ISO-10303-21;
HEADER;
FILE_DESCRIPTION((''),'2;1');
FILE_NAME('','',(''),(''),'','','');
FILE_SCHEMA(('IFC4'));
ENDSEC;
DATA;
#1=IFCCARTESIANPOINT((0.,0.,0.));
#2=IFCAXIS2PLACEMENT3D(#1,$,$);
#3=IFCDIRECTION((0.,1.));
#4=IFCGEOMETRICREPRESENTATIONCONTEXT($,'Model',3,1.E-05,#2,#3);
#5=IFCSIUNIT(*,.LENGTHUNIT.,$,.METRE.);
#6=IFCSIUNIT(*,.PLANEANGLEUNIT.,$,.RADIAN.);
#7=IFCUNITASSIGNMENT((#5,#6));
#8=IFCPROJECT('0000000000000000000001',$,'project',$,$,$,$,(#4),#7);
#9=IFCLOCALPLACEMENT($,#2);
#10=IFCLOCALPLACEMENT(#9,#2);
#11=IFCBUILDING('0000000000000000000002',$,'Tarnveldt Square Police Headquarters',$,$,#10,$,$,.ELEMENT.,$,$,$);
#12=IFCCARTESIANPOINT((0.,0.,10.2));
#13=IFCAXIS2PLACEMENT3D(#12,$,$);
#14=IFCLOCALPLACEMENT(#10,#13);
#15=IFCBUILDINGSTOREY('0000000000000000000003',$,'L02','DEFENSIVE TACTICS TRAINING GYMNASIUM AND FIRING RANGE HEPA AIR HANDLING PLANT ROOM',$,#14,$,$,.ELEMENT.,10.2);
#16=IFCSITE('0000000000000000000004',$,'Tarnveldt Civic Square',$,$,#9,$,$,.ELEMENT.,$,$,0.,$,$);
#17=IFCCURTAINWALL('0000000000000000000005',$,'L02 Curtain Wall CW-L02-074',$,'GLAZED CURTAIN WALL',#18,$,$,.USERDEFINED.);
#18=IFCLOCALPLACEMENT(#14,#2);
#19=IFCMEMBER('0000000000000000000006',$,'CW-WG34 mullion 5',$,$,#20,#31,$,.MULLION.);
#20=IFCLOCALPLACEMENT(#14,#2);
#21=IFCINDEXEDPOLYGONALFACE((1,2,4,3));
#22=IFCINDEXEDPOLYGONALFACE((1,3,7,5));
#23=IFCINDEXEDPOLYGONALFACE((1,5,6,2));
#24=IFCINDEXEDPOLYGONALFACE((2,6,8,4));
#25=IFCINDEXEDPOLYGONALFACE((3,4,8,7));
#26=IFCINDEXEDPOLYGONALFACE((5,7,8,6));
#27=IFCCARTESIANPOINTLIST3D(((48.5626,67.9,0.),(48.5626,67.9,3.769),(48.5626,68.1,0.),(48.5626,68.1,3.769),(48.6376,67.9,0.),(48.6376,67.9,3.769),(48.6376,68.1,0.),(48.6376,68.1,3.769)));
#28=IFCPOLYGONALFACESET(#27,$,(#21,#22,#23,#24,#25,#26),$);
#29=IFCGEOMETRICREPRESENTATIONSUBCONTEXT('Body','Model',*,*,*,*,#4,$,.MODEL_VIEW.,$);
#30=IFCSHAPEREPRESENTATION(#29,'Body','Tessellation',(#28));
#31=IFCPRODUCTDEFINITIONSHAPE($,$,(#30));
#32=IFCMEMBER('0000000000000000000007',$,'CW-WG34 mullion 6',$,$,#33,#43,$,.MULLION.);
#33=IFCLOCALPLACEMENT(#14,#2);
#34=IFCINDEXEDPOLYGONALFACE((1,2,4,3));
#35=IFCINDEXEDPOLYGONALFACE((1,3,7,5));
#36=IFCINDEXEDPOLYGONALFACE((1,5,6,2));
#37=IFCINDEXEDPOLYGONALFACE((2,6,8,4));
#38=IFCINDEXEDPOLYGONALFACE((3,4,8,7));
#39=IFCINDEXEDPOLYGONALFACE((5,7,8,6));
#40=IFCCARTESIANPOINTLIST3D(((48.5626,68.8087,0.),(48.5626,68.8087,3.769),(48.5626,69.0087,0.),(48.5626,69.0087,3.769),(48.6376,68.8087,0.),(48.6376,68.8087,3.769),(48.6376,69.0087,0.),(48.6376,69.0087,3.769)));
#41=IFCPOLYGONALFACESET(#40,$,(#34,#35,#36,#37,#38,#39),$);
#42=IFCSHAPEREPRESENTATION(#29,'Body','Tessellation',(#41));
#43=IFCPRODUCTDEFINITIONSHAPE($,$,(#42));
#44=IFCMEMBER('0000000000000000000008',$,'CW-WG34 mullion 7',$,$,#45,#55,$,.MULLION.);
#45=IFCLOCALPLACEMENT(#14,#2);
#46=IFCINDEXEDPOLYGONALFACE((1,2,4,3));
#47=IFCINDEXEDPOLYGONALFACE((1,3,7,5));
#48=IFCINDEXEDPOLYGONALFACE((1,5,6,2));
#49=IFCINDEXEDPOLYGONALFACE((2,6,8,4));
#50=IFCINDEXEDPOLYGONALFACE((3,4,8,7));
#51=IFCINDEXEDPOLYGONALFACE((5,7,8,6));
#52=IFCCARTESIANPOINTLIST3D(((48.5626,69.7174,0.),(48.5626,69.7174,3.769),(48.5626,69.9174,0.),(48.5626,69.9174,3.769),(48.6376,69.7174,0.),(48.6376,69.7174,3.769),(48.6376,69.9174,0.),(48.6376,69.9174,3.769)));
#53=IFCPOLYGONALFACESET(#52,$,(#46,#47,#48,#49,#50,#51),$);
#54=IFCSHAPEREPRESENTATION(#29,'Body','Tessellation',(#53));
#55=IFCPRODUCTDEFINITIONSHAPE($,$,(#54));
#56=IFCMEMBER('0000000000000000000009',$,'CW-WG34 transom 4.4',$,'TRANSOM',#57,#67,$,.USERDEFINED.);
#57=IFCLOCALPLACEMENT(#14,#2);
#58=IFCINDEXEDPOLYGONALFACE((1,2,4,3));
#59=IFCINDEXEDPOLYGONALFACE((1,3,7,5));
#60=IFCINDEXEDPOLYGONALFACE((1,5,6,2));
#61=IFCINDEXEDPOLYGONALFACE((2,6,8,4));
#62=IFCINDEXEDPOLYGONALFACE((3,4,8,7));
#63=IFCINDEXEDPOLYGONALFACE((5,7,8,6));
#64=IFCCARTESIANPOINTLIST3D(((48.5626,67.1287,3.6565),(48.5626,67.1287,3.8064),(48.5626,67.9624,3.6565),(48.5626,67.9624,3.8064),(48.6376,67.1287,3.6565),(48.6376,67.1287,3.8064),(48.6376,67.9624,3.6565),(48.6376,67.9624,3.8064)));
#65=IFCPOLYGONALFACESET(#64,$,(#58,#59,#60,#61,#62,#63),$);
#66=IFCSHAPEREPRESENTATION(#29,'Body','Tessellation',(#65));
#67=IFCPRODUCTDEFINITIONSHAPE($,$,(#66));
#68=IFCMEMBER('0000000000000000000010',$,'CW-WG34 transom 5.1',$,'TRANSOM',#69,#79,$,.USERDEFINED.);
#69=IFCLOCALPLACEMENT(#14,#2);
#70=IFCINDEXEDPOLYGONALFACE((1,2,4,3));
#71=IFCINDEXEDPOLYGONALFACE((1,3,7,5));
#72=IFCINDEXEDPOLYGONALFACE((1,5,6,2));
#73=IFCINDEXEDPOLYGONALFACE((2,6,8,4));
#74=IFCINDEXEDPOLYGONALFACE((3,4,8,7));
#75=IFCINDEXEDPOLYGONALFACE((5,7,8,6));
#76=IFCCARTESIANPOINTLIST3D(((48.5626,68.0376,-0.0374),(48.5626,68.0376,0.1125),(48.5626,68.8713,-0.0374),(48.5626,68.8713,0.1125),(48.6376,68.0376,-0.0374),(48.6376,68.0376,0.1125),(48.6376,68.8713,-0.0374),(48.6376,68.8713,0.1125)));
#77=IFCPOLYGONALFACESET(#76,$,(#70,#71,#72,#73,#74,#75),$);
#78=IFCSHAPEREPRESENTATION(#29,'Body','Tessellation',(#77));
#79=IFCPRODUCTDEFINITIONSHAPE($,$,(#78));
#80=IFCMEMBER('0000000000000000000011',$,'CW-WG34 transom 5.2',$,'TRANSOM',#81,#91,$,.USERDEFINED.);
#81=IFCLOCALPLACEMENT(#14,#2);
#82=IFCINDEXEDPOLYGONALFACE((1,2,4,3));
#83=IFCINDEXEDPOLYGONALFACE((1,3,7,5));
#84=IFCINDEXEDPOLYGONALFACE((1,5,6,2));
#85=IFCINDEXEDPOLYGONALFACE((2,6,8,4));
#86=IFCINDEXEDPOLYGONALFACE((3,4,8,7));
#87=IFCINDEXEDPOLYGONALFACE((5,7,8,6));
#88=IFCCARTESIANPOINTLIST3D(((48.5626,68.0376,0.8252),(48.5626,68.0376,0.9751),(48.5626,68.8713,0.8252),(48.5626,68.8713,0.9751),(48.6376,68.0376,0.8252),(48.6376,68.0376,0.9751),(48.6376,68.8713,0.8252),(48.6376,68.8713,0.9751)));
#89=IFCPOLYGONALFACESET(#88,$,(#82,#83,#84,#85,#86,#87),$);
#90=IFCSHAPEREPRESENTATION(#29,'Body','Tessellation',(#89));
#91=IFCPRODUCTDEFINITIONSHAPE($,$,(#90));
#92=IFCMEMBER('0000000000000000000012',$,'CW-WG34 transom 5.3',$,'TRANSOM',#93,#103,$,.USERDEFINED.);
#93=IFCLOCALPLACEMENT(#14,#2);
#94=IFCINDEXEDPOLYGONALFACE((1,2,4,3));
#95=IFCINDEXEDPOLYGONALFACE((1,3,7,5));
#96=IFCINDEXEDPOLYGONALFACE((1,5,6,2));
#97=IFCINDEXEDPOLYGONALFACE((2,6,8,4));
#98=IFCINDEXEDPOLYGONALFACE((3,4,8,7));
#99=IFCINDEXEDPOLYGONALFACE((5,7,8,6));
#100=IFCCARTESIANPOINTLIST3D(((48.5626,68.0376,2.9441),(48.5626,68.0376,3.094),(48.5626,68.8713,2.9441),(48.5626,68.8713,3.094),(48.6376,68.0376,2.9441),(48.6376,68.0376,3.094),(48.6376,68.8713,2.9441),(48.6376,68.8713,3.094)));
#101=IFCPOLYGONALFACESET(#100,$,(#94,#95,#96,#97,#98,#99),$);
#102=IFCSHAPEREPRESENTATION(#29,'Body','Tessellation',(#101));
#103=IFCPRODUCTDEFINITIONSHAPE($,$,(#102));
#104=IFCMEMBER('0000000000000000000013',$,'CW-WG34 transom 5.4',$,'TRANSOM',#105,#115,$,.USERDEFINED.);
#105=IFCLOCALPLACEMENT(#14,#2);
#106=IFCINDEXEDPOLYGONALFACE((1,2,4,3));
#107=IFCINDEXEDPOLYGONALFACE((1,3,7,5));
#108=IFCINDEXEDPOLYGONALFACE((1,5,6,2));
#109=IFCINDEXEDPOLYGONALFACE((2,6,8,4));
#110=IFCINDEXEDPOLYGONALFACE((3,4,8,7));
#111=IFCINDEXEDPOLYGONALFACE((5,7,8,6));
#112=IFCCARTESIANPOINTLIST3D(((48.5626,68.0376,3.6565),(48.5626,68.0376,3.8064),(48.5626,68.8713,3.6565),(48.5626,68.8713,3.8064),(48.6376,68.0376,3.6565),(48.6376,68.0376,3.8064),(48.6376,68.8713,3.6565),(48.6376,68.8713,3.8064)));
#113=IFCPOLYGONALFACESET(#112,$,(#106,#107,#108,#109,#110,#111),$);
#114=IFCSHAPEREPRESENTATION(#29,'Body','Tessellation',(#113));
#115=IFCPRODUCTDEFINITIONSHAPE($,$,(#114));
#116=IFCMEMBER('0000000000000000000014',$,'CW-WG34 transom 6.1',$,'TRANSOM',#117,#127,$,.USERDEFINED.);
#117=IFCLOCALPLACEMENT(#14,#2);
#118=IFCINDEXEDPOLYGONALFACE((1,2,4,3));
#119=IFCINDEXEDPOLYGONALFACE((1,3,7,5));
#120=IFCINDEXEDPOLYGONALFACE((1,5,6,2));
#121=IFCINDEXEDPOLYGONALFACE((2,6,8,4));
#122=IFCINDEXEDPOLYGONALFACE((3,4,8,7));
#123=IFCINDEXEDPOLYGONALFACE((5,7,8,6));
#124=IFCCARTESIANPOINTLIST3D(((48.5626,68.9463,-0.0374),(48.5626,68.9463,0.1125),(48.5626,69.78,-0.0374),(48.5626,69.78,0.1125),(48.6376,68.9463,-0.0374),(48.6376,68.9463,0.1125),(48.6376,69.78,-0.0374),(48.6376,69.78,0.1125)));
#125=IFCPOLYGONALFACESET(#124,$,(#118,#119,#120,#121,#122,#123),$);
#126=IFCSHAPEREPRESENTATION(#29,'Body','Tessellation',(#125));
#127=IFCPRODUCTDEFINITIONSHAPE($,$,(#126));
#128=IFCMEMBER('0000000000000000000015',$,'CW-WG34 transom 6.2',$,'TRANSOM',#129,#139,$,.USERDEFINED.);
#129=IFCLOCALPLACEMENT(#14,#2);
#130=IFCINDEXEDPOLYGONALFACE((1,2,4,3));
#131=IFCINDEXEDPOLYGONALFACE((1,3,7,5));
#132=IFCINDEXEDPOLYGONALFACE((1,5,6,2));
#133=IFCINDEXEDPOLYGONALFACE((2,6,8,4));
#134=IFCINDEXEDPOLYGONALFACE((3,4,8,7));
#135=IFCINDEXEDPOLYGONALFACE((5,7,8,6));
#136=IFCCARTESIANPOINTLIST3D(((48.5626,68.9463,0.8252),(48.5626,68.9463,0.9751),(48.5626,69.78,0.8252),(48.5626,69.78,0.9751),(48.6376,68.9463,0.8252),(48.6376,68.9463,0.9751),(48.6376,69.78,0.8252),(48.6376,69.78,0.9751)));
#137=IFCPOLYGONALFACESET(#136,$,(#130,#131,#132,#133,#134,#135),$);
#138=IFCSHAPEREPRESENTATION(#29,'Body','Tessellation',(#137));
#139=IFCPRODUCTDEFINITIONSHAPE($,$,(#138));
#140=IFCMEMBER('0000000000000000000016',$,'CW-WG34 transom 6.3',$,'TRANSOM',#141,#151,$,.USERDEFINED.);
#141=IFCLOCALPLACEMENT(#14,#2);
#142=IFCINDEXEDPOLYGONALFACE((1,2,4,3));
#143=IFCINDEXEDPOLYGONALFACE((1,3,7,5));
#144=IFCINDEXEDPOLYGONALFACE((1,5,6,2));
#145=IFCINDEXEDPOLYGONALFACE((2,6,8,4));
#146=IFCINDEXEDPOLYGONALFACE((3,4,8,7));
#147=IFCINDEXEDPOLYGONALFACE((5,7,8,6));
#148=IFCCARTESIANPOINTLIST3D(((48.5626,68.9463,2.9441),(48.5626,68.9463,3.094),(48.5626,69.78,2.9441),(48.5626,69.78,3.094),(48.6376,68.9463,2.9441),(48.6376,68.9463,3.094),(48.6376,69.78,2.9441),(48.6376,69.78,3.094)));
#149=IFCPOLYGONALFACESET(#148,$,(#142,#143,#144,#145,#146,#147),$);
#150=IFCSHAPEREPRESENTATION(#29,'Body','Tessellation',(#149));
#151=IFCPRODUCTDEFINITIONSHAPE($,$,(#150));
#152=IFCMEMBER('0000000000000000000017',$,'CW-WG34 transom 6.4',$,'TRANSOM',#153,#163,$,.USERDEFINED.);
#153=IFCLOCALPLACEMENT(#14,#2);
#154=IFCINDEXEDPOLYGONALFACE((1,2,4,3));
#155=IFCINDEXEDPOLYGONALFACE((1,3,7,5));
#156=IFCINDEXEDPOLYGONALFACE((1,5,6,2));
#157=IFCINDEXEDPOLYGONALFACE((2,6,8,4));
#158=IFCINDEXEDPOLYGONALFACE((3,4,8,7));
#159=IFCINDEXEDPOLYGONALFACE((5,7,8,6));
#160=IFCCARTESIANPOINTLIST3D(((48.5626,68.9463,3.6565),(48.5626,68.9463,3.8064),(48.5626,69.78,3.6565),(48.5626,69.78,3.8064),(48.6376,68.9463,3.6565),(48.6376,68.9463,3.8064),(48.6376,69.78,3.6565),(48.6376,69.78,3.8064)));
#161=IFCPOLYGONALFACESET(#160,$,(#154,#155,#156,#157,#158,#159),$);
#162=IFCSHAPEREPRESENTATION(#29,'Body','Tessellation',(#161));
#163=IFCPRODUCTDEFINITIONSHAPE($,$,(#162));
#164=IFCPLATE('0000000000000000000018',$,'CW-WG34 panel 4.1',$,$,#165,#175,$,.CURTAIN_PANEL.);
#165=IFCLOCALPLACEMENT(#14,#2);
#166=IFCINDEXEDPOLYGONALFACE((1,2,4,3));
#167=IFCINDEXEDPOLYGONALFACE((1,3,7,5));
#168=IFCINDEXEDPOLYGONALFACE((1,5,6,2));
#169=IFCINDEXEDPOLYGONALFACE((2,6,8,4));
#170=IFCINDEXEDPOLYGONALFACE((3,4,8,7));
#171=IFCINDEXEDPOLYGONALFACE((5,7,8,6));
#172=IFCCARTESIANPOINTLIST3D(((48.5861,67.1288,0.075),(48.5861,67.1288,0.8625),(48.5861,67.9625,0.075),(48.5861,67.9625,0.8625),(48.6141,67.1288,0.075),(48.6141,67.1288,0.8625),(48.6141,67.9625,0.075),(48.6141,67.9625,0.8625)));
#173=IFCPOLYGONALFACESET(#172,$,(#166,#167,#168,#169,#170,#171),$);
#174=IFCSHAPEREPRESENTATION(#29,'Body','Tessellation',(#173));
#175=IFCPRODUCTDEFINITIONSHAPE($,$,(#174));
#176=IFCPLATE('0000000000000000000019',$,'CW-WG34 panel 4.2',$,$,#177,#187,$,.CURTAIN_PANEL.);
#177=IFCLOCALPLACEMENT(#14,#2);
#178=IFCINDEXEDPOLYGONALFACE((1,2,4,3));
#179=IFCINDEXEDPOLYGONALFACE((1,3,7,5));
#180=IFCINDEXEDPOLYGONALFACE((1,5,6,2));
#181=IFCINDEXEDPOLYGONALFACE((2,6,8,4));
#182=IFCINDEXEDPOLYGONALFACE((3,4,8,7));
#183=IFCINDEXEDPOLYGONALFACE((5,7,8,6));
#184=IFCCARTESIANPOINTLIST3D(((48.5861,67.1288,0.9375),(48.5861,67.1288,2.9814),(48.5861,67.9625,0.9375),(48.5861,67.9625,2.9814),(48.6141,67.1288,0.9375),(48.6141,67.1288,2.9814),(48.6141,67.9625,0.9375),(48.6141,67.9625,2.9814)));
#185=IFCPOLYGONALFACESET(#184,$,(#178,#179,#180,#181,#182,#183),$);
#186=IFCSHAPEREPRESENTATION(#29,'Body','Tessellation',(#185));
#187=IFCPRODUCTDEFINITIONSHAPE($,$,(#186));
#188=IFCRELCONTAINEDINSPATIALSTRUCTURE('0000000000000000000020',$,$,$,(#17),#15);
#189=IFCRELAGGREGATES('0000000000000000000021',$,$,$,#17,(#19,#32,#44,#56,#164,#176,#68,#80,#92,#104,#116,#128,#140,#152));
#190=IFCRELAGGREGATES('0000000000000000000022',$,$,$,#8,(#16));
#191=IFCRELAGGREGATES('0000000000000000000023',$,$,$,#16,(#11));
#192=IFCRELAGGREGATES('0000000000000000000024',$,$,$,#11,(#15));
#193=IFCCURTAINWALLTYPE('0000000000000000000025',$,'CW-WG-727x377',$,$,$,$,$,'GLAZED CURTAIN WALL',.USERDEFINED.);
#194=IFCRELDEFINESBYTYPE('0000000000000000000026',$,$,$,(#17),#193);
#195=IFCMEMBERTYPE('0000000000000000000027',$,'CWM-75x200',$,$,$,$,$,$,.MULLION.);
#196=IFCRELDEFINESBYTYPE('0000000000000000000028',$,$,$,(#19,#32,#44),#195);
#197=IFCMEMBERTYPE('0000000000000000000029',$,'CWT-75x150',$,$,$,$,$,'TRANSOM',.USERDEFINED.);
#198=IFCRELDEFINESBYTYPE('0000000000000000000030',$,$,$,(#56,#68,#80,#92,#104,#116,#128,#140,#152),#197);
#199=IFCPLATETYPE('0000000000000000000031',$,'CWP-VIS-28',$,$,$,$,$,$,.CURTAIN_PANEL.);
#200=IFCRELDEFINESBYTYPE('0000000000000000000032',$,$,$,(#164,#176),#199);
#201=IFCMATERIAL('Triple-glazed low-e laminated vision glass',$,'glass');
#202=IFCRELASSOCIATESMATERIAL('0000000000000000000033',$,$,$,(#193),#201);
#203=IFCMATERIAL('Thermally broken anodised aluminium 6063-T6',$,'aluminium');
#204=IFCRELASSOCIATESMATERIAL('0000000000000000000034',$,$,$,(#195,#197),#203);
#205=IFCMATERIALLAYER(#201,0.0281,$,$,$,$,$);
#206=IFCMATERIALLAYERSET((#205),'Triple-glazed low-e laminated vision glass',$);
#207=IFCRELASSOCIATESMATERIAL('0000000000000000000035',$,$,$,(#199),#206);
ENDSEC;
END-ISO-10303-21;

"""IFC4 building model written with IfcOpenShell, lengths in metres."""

from ifc_helpers import new_model, si_unit, direction, frame, origin, origin_2d, place, context, subcontext, project, spatial, rectangle, extrude, material, layer, layer_set, material_profile, profile_set, type_object, element, aggregate, save


model = new_model("IFC4")

# Units and contexts
model_context = context("Model", 3, precision=1e-05, world=origin(), true_north=direction((0.0, 1.0)))
body_context = subcontext(model_context, "Body", "Model", "MODEL_VIEW")
ifc_project = project(units=[si_unit("LENGTHUNIT", "METRE"), si_unit("PLANEANGLEUNIT", "RADIAN")], contexts=[model_context])

# Site, building, storey
site_placement = place(None, origin())
site = spatial("IfcSite", under=ifc_project, at=site_placement, Name="Tarnveldt Civic Square", CompositionType="ELEMENT", RefElevation=0.0)
building_placement = place(site_placement, origin())
building = spatial("IfcBuilding", under=site, at=building_placement, Name="Tarnveldt Square Police Headquarters", CompositionType="ELEMENT")
storey_placement = place(building_placement, frame((0.0, 0.0, 10.2)))
storey = spatial("IfcBuildingStorey", under=building, at=storey_placement, Name="L02", Description="DEFENSIVE TACTICS TRAINING GYMNASIUM AND FIRING RANGE HEPA AIR HANDLING PLANT ROOM", CompositionType="ELEMENT", Elevation=10.2)

# Curtain wall, members, plates
ifc_material_1 = material(Name="Triple-glazed low-e laminated vision glass", Category="glass")
curtain_wall_type = type_object("IfcCurtainWallType", Name="CW-WG-727x377", ElementType="GLAZED CURTAIN WALL", PredefinedType="USERDEFINED", material=ifc_material_1)
curtain_wall_placement = place(storey_placement, origin())
curtain_wall = element("IfcCurtainWall", 1, at=curtain_wall_placement, inside=storey, type_object=curtain_wall_type, Name="L02 Curtain Wall CW-L02-074", ObjectType="GLAZED CURTAIN WALL", PredefinedType="USERDEFINED")
ifc_material_2 = material(Name="Thermally broken anodised aluminium 6063-T6", Category="aluminium")
ifc_material_profile_1 = material_profile(ifc_material_2, rectangle(XDim=0.075, YDim=0.2, at=origin_2d()), Name="CW-M75x200")
ifc_profile_set_1 = profile_set([ifc_material_profile_1], Name="Thermally broken anodised aluminium 6063-T6")
member_type_1 = type_object("IfcMemberType", Name="CWM-75x200", PredefinedType="MULLION", material=ifc_profile_set_1)
member_1_placement = place(storey_placement, frame((48.6001, 68.0, 0.0), z_axis=(0.0, 0.0, 1.0), x_axis=(-1.0, 0.0, 0.0)))
member_1 = element("IfcMember", 2, at=member_1_placement, type_object=member_type_1, Name="CW-WG34 mullion 5", PredefinedType="MULLION", context=body_context, shape_type="SweptSolid", body=[
    extrude(rectangle(XDim=0.075, YDim=0.2, at=origin_2d()), origin(), (0.0, 0.0, 1.0), 3.769),
])
member_2_placement = place(storey_placement, frame((48.6001, 68.9087, 0.0), z_axis=(0.0, 0.0, 1.0), x_axis=(-1.0, 0.0, 0.0)))
member_2 = element("IfcMember", 3, at=member_2_placement, type_object=member_type_1, Name="CW-WG34 mullion 6", PredefinedType="MULLION", context=body_context, shape_type="SweptSolid", body=[
    extrude(rectangle(XDim=0.075, YDim=0.2, at=origin_2d()), origin(), (0.0, 0.0, 1.0), 3.769),
])
member_3_placement = place(storey_placement, frame((48.6001, 69.8174, 0.0), z_axis=(0.0, 0.0, 1.0), x_axis=(-1.0, 0.0, 0.0)))
member_3 = element("IfcMember", 4, at=member_3_placement, type_object=member_type_1, Name="CW-WG34 mullion 7", PredefinedType="MULLION", context=body_context, shape_type="SweptSolid", body=[
    extrude(rectangle(XDim=0.075, YDim=0.2, at=origin_2d()), origin(), (0.0, 0.0, 1.0), 3.769),
])
ifc_material_profile_2 = material_profile(ifc_material_2, rectangle(XDim=0.075, YDim=0.1499, at=origin_2d()), Name="CW-T75x150")
ifc_profile_set_2 = profile_set([ifc_material_profile_2], Name="Thermally broken anodised aluminium 6063-T6")
member_type_2 = type_object("IfcMemberType", Name="CWT-75x150", ElementType="TRANSOM", PredefinedType="USERDEFINED", material=ifc_profile_set_2)
member_4_placement = place(storey_placement, frame((48.6001, 67.1287, 3.7314), z_axis=(0.0, 1.0, 0.0), x_axis=(-1.0, 0.0, 0.0)))
member_4 = element("IfcMember", 5, at=member_4_placement, type_object=member_type_2, Name="CW-WG34 transom 4.4", ObjectType="TRANSOM", PredefinedType="USERDEFINED", context=body_context, shape_type="SweptSolid", body=[
    extrude(rectangle(XDim=0.075, YDim=0.1499, at=origin_2d()), origin(), (0.0, 0.0, 1.0), 0.8337),
])
member_5_placement = place(storey_placement, frame((48.6001, 68.0376, 0.0376), z_axis=(0.0, 1.0, 0.0), x_axis=(-1.0, 0.0, 0.0)))
member_5 = element("IfcMember", 6, at=member_5_placement, type_object=member_type_2, Name="CW-WG34 transom 5.1", ObjectType="TRANSOM", PredefinedType="USERDEFINED", context=body_context, shape_type="SweptSolid", body=[
    extrude(rectangle(XDim=0.075, YDim=0.1499, at=origin_2d()), origin(), (0.0, 0.0, 1.0), 0.8337),
])
member_6_placement = place(storey_placement, frame((48.6001, 68.0376, 0.9001), z_axis=(0.0, 1.0, 0.0), x_axis=(-1.0, 0.0, 0.0)))
member_6 = element("IfcMember", 7, at=member_6_placement, type_object=member_type_2, Name="CW-WG34 transom 5.2", ObjectType="TRANSOM", PredefinedType="USERDEFINED", context=body_context, shape_type="SweptSolid", body=[
    extrude(rectangle(XDim=0.075, YDim=0.1499, at=origin_2d()), origin(), (0.0, 0.0, 1.0), 0.8337),
])
member_7_placement = place(storey_placement, frame((48.6001, 68.0376, 3.019), z_axis=(0.0, 1.0, 0.0), x_axis=(-1.0, 0.0, 0.0)))
member_7 = element("IfcMember", 8, at=member_7_placement, type_object=member_type_2, Name="CW-WG34 transom 5.3", ObjectType="TRANSOM", PredefinedType="USERDEFINED", context=body_context, shape_type="SweptSolid", body=[
    extrude(rectangle(XDim=0.075, YDim=0.1499, at=origin_2d()), origin(), (0.0, 0.0, 1.0), 0.8337),
])
member_8_placement = place(storey_placement, frame((48.6001, 68.0376, 3.7314), z_axis=(0.0, 1.0, 0.0), x_axis=(-1.0, 0.0, 0.0)))
member_8 = element("IfcMember", 9, at=member_8_placement, type_object=member_type_2, Name="CW-WG34 transom 5.4", ObjectType="TRANSOM", PredefinedType="USERDEFINED", context=body_context, shape_type="SweptSolid", body=[
    extrude(rectangle(XDim=0.075, YDim=0.1499, at=origin_2d()), origin(), (0.0, 0.0, 1.0), 0.8337),
])
member_9_placement = place(storey_placement, frame((48.6001, 68.9463, 0.0376), z_axis=(0.0, 1.0, 0.0), x_axis=(-1.0, 0.0, 0.0)))
member_9 = element("IfcMember", 10, at=member_9_placement, type_object=member_type_2, Name="CW-WG34 transom 6.1", ObjectType="TRANSOM", PredefinedType="USERDEFINED", context=body_context, shape_type="SweptSolid", body=[
    extrude(rectangle(XDim=0.075, YDim=0.1499, at=origin_2d()), origin(), (0.0, 0.0, 1.0), 0.8337),
])
member_10_placement = place(storey_placement, frame((48.6001, 68.9463, 0.9001), z_axis=(0.0, 1.0, 0.0), x_axis=(-1.0, 0.0, 0.0)))
member_10 = element("IfcMember", 11, at=member_10_placement, type_object=member_type_2, Name="CW-WG34 transom 6.2", ObjectType="TRANSOM", PredefinedType="USERDEFINED", context=body_context, shape_type="SweptSolid", body=[
    extrude(rectangle(XDim=0.075, YDim=0.1499, at=origin_2d()), origin(), (0.0, 0.0, 1.0), 0.8337),
])
member_11_placement = place(storey_placement, frame((48.6001, 68.9463, 3.019), z_axis=(0.0, 1.0, 0.0), x_axis=(-1.0, 0.0, 0.0)))
member_11 = element("IfcMember", 12, at=member_11_placement, type_object=member_type_2, Name="CW-WG34 transom 6.3", ObjectType="TRANSOM", PredefinedType="USERDEFINED", context=body_context, shape_type="SweptSolid", body=[
    extrude(rectangle(XDim=0.075, YDim=0.1499, at=origin_2d()), origin(), (0.0, 0.0, 1.0), 0.8337),
])
member_12_placement = place(storey_placement, frame((48.6001, 68.9463, 3.7314), z_axis=(0.0, 1.0, 0.0), x_axis=(-1.0, 0.0, 0.0)))
member_12 = element("IfcMember", 13, at=member_12_placement, type_object=member_type_2, Name="CW-WG34 transom 6.4", ObjectType="TRANSOM", PredefinedType="USERDEFINED", context=body_context, shape_type="SweptSolid", body=[
    extrude(rectangle(XDim=0.075, YDim=0.1499, at=origin_2d()), origin(), (0.0, 0.0, 1.0), 0.8337),
])
ifc_layer = layer(ifc_material_1, 0.0281)
ifc_layer_set = layer_set([ifc_layer], Name="Triple-glazed low-e laminated vision glass")
plate_type = type_object("IfcPlateType", Name="CWP-VIS-28", PredefinedType="CURTAIN_PANEL", material=ifc_layer_set)
plate_1_placement = place(storey_placement, frame((48.6001, 67.5457, 0.075), z_axis=(0.0, 0.0, 1.0), x_axis=(0.0, 1.0, 0.0)))
plate_1 = element("IfcPlate", 14, at=plate_1_placement, type_object=plate_type, Name="CW-WG34 panel 4.1", PredefinedType="CURTAIN_PANEL", context=body_context, shape_type="SweptSolid", body=[
    extrude(rectangle(XDim=0.8337, YDim=0.0281, at=origin_2d()), origin(), (0.0, 0.0, 1.0), 0.7876),
])
plate_2_placement = place(storey_placement, frame((48.6001, 67.5457, 0.9375), z_axis=(0.0, 0.0, 1.0), x_axis=(0.0, 1.0, 0.0)))
plate_2 = element("IfcPlate", 15, at=plate_2_placement, type_object=plate_type, Name="CW-WG34 panel 4.2", PredefinedType="CURTAIN_PANEL", context=body_context, shape_type="SweptSolid", body=[
    extrude(rectangle(XDim=0.8337, YDim=0.0281, at=origin_2d()), origin(), (0.0, 0.0, 1.0), 2.0439),
])
aggregate(curtain_wall, [member_1, member_2, member_3, member_4, plate_1, plate_2, member_5, member_6, member_7, member_8, member_9, member_10, member_11, member_12])

save(model, "model.ifc")
